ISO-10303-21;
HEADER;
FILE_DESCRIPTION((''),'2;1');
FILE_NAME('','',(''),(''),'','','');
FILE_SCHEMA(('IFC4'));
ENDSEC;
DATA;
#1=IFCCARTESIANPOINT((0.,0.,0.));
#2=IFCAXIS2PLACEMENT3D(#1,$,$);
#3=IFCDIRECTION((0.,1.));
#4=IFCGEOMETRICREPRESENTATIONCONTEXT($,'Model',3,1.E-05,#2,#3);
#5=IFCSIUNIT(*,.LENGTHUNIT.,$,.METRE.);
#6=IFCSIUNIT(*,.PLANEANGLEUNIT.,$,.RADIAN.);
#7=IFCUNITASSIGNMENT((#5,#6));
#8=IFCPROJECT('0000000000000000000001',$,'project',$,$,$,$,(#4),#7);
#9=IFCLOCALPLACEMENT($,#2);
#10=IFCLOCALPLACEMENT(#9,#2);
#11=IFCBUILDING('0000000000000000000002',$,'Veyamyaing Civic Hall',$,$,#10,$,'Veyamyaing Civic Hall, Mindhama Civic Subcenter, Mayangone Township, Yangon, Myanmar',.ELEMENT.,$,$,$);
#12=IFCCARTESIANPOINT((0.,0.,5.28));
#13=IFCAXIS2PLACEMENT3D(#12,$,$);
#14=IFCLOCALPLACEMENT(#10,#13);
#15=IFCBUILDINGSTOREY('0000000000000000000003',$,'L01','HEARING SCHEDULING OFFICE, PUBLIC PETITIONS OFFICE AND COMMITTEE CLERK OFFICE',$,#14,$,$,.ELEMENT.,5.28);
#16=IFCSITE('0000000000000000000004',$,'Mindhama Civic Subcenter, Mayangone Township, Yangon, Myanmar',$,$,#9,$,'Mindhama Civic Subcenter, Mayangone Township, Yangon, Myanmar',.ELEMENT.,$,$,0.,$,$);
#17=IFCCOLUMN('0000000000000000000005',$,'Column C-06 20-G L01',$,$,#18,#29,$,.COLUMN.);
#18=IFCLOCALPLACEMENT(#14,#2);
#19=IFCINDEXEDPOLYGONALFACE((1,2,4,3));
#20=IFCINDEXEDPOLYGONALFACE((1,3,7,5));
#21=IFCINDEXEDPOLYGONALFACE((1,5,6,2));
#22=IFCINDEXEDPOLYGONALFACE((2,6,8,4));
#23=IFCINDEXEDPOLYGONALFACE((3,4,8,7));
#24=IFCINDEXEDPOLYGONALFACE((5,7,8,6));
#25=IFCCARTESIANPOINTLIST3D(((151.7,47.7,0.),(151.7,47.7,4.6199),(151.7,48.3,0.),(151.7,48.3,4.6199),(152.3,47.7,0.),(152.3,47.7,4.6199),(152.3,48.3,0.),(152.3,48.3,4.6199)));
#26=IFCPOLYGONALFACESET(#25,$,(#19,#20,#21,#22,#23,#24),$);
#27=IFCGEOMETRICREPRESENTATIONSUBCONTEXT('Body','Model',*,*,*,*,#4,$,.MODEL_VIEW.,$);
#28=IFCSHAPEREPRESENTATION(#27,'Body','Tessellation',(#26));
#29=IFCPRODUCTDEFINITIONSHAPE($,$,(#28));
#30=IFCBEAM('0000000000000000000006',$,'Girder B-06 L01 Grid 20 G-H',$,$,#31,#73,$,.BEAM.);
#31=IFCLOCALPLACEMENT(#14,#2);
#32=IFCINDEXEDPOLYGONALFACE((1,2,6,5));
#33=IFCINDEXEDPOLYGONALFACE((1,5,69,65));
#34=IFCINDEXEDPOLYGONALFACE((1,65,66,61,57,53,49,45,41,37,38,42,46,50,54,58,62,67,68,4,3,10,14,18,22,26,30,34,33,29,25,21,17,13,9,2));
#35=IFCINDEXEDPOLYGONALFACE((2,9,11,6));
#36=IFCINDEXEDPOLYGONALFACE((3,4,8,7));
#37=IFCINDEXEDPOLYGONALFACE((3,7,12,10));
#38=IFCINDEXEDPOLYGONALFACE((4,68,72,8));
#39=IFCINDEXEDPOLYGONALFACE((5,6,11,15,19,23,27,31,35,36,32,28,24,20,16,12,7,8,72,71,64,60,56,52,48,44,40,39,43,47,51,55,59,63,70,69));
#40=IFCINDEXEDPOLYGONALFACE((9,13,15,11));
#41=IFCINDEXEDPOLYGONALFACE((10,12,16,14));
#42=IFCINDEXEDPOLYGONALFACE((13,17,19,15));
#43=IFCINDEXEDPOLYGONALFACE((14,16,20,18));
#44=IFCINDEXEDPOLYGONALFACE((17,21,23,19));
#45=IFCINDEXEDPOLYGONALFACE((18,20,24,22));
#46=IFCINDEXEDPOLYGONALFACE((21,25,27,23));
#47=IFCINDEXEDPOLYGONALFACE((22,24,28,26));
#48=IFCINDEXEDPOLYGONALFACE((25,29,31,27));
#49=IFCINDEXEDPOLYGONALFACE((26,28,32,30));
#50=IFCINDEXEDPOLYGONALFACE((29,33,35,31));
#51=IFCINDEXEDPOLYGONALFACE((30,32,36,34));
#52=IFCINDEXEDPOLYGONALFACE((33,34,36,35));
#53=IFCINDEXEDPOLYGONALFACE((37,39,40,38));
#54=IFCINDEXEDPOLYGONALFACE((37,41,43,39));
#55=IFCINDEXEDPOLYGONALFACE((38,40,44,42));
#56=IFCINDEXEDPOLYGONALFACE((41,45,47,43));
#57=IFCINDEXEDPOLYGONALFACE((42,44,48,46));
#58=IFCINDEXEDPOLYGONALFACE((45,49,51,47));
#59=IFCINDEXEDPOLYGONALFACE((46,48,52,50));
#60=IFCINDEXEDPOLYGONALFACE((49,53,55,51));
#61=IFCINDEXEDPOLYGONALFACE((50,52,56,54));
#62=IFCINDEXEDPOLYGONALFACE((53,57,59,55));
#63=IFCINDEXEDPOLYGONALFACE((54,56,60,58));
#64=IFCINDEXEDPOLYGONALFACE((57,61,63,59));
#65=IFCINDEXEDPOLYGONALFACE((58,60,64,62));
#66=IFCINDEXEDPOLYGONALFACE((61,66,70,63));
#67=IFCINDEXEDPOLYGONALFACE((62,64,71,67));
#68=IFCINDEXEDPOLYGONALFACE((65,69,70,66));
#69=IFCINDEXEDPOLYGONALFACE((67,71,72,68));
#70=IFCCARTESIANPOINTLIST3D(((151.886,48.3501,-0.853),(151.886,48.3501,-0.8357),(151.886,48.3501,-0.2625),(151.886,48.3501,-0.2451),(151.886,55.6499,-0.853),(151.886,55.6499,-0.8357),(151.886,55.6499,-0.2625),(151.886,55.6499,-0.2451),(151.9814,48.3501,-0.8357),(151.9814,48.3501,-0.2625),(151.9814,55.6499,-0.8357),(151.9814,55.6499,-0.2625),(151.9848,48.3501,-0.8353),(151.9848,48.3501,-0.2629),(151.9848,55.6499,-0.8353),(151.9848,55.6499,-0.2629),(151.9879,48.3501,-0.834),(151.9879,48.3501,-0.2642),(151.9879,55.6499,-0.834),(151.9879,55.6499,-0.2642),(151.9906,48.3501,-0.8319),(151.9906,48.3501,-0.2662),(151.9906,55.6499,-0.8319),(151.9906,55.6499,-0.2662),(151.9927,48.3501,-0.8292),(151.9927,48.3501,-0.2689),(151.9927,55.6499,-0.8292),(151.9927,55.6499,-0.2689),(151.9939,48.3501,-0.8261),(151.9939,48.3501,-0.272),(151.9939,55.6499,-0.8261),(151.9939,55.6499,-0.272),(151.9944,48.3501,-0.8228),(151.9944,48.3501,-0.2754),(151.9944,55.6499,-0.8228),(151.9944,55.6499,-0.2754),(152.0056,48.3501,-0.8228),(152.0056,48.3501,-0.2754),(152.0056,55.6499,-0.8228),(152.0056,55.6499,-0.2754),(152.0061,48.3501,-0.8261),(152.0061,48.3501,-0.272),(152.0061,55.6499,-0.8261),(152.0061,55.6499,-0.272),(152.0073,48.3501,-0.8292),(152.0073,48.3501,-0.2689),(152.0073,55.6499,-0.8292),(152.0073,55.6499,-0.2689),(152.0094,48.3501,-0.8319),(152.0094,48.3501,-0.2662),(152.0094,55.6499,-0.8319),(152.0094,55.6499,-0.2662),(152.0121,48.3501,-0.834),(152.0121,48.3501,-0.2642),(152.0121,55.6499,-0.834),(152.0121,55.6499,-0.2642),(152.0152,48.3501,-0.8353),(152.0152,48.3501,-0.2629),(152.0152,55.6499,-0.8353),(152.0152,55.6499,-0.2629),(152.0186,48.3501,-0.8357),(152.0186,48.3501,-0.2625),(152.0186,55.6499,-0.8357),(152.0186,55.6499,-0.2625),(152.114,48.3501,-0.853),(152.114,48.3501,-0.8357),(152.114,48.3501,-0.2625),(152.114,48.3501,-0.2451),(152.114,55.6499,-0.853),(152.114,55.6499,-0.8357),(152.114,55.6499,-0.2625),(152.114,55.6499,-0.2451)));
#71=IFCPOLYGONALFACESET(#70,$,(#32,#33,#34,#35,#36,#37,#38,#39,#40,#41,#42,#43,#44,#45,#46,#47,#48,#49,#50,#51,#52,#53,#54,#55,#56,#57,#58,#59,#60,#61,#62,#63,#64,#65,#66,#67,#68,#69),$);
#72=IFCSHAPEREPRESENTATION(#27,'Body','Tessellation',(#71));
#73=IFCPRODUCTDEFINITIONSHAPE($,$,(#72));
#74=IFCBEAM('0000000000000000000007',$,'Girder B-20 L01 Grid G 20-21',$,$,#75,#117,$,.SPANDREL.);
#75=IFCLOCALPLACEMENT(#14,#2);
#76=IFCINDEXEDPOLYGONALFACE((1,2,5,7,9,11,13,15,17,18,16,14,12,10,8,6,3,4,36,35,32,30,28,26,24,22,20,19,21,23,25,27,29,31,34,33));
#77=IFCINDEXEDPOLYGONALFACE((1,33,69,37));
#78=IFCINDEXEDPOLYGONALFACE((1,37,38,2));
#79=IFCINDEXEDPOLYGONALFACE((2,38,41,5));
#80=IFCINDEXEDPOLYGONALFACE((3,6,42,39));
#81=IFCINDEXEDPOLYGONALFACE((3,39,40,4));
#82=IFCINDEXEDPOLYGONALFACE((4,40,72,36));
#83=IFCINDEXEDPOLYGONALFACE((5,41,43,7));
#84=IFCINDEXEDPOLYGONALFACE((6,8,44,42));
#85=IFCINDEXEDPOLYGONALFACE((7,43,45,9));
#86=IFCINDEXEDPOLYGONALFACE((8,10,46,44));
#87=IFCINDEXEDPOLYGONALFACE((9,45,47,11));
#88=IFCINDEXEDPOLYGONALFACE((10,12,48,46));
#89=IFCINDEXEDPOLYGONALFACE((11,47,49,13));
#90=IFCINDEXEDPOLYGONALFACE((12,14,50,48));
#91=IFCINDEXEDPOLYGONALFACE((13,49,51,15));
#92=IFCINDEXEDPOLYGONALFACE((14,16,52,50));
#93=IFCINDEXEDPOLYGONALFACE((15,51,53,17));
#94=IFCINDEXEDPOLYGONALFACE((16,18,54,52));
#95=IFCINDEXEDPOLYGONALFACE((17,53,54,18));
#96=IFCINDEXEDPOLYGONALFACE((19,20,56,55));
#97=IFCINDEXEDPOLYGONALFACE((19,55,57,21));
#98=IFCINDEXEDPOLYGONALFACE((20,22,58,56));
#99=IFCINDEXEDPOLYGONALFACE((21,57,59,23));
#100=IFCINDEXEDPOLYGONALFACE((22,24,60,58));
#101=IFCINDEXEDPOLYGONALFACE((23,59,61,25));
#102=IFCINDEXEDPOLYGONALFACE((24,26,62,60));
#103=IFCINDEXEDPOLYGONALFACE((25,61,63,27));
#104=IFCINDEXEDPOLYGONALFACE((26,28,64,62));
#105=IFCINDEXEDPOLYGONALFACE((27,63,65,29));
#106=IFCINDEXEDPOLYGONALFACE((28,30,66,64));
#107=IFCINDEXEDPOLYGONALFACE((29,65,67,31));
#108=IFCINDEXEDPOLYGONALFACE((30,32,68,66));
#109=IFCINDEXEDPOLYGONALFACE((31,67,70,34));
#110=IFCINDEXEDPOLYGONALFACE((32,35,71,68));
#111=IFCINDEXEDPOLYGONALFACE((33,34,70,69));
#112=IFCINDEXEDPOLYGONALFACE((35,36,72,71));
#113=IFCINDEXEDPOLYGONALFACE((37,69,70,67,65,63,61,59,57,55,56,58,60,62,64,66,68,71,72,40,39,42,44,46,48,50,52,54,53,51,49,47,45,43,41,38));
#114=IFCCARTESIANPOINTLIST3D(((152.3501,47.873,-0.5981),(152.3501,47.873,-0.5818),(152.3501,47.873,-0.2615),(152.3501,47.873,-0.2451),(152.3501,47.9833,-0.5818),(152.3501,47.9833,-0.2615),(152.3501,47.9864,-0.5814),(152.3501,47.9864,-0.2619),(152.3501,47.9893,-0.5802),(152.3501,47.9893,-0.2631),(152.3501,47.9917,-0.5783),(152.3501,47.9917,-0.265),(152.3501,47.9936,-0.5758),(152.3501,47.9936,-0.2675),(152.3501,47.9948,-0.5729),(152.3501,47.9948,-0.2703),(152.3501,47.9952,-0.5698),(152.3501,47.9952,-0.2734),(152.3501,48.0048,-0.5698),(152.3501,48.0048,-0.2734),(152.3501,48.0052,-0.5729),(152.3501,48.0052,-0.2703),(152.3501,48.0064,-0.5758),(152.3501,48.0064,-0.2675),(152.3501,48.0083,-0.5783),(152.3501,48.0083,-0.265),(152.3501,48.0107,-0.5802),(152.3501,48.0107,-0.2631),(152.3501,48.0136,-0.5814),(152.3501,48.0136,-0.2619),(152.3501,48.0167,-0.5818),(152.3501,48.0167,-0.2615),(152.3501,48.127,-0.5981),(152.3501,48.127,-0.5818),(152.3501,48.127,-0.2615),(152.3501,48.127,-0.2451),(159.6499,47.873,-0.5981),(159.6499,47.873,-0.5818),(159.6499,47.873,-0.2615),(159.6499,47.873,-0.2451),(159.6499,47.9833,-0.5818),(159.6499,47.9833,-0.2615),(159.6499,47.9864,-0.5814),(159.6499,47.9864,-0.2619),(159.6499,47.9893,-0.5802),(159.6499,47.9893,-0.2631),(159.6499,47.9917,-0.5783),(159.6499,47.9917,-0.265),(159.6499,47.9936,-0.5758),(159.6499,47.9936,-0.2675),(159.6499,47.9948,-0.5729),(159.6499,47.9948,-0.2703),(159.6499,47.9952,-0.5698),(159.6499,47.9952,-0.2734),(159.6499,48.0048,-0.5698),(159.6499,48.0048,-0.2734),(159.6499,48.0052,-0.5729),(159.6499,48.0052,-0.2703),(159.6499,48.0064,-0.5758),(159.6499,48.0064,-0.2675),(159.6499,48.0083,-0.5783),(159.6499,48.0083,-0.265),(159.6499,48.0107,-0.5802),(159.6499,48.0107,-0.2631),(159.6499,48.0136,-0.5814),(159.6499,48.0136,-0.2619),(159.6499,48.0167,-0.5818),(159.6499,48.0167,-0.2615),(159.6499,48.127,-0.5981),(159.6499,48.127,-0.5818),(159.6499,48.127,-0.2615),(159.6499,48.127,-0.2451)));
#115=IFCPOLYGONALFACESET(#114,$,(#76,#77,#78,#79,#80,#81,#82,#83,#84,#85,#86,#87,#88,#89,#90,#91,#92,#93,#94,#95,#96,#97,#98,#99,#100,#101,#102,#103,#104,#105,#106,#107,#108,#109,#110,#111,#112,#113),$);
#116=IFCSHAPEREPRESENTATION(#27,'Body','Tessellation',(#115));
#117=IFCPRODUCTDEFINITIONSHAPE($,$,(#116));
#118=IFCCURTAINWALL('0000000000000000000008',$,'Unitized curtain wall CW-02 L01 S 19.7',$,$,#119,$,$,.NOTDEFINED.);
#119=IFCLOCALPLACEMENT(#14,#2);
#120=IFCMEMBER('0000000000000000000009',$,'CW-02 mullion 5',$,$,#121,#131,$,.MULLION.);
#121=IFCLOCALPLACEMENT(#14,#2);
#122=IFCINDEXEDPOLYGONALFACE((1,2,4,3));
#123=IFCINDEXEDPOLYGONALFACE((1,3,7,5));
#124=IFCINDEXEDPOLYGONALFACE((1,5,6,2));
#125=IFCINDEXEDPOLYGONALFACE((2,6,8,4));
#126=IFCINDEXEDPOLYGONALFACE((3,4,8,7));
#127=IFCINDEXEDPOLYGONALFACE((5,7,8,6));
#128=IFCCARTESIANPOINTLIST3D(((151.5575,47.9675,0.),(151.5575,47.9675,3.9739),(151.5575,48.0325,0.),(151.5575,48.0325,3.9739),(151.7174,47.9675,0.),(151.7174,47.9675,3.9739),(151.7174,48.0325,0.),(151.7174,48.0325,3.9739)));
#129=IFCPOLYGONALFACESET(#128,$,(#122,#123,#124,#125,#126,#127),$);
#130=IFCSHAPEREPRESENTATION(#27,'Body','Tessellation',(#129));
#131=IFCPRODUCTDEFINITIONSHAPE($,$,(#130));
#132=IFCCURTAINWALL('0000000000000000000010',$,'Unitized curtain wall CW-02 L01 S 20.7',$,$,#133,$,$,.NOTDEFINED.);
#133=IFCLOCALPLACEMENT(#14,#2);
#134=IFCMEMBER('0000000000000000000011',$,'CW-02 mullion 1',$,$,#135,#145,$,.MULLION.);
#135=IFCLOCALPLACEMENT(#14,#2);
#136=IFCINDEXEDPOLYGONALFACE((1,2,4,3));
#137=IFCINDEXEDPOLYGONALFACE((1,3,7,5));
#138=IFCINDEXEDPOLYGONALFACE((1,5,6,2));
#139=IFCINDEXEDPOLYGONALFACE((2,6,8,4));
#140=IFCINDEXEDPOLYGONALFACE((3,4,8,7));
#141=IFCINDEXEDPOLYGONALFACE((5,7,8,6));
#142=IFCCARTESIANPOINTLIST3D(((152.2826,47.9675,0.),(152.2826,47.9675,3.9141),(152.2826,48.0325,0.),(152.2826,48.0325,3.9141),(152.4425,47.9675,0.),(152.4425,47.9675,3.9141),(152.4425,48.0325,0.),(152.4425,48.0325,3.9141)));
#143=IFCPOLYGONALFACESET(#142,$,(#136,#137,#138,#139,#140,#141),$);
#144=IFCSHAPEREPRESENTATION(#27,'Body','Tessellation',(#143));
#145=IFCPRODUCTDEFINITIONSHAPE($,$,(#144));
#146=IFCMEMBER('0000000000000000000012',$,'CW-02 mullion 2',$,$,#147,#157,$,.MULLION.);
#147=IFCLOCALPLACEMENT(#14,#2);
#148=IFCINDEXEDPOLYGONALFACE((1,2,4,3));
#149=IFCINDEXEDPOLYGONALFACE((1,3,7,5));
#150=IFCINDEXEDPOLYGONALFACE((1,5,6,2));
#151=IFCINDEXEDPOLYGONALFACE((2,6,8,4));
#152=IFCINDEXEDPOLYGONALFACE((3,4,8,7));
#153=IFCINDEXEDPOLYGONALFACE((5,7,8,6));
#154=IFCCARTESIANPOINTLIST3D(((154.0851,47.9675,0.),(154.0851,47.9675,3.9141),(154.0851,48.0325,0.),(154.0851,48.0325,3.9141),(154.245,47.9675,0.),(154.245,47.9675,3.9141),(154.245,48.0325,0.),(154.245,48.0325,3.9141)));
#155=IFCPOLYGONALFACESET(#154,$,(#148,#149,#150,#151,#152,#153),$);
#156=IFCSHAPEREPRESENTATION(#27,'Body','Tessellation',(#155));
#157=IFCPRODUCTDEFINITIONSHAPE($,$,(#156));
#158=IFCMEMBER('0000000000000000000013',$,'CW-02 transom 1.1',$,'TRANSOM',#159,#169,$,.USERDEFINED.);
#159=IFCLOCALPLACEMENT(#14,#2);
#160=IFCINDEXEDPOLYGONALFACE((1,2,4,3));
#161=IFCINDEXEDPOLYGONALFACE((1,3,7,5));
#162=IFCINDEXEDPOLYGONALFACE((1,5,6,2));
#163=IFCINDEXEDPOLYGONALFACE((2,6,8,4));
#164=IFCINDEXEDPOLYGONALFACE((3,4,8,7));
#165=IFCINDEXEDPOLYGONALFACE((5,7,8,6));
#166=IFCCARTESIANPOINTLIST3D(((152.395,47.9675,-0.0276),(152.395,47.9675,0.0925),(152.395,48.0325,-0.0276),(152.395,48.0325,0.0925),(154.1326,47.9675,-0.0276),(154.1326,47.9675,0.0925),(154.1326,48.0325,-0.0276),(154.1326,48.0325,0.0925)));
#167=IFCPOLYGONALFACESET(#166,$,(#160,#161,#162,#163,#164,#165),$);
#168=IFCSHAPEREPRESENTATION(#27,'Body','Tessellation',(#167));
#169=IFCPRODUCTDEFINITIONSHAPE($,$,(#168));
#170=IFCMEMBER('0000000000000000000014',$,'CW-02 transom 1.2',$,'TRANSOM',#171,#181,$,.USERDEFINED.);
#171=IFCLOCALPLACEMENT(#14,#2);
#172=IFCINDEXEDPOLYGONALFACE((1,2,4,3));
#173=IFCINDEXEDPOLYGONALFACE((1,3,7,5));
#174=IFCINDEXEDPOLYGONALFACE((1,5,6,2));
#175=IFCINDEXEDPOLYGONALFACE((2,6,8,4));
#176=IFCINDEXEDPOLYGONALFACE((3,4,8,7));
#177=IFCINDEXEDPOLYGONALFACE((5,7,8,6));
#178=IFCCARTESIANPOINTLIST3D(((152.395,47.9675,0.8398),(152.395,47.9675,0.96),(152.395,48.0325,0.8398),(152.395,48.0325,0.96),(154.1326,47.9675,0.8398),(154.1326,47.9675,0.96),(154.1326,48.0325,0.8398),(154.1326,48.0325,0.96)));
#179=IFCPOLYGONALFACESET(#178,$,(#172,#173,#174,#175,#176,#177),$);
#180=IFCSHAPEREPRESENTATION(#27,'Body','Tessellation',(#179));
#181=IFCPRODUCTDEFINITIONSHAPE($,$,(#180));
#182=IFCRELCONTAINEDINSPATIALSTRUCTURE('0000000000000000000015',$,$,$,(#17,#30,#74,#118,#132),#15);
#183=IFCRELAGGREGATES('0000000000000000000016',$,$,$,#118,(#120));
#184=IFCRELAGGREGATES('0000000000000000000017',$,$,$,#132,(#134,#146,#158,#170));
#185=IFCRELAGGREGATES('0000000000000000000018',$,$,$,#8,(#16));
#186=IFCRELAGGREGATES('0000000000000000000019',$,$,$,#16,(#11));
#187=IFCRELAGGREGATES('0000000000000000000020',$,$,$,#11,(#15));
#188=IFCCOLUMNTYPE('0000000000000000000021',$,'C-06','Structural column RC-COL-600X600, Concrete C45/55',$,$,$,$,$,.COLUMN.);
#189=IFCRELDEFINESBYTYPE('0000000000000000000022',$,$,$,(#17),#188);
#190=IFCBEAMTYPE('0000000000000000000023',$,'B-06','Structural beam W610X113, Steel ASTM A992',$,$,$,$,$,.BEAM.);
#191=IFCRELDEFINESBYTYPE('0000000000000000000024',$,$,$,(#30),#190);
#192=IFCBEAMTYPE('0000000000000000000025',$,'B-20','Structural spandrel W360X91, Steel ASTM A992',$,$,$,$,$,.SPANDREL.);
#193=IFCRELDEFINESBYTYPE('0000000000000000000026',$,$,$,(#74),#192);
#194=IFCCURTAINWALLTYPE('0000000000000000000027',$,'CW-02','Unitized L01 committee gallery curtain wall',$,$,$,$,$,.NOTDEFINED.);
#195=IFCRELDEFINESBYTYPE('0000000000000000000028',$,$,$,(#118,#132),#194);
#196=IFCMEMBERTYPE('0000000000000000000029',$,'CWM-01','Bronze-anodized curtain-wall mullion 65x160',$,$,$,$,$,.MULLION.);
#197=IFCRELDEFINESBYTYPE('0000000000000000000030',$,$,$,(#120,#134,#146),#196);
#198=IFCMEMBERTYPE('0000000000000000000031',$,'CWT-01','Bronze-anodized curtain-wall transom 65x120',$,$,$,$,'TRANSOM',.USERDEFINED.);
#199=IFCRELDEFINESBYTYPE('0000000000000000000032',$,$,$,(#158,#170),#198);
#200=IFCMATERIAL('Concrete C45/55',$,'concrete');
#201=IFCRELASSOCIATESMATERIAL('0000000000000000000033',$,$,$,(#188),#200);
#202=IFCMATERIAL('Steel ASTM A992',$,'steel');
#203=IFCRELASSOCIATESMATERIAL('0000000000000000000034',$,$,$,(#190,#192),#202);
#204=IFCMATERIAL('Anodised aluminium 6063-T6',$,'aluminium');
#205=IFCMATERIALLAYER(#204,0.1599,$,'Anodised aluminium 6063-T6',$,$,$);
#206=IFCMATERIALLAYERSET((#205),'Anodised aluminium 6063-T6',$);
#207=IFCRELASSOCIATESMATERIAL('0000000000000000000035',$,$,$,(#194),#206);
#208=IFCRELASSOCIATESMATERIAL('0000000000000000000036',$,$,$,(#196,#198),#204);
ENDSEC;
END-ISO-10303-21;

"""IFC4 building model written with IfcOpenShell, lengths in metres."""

from ifc_helpers import new_model, si_unit, direction, frame, origin, origin_2d, place, context, subcontext, project, spatial, rectangle, i_section, extrude, material, layer, layer_set, material_profile, profile_set, type_object, element, aggregate, save


model = new_model("IFC4")

# Units and contexts
model_context = context("Model", 3, precision=1e-05, world=origin(), true_north=direction((0.0, 1.0)))
body_context = subcontext(model_context, "Body", "Model", "MODEL_VIEW")
ifc_project = project(units=[si_unit("LENGTHUNIT", "METRE"), si_unit("PLANEANGLEUNIT", "RADIAN")], contexts=[model_context])

# Site, building, storey
site_placement = place(None, origin())
site = spatial("IfcSite", under=ifc_project, at=site_placement, Name="Mindhama Civic Subcenter, Mayangone Township, Yangon, Myanmar", LongName="Mindhama Civic Subcenter, Mayangone Township, Yangon, Myanmar", CompositionType="ELEMENT", RefElevation=0.0)
building_placement = place(site_placement, origin())
building = spatial("IfcBuilding", under=site, at=building_placement, Name="Veyamyaing Civic Hall", LongName="Veyamyaing Civic Hall, Mindhama Civic Subcenter, Mayangone Township, Yangon, Myanmar", CompositionType="ELEMENT")
storey_placement = place(building_placement, frame((0.0, 0.0, 5.28)))
storey = spatial("IfcBuildingStorey", under=building, at=storey_placement, Name="L01", Description="HEARING SCHEDULING OFFICE, PUBLIC PETITIONS OFFICE AND COMMITTEE CLERK OFFICE", CompositionType="ELEMENT", Elevation=5.28)

# Column
ifc_material_1 = material(Name="Concrete C45/55", Category="concrete")
ifc_material_profile_1 = material_profile(ifc_material_1, rectangle(XDim=0.6001, YDim=0.6001, at=origin_2d()), Name="RC-COL-600X600")
ifc_profile_set_1 = profile_set([ifc_material_profile_1], Name="Concrete C45/55")
column_type = type_object("IfcColumnType", Name="C-06", Description="Structural column RC-COL-600X600, Concrete C45/55", PredefinedType="COLUMN", material=ifc_profile_set_1)
column_placement = place(storey_placement, frame((152.0, 48.0, 0.0), z_axis=(0.0, 0.0, 1.0), x_axis=(1.0, 0.0, 0.0)))
element("IfcColumn", 1, at=column_placement, inside=storey, type_object=column_type, Name="Column C-06 20-G L01", PredefinedType="COLUMN", context=body_context, shape_type="SweptSolid", body=[
    extrude(rectangle(XDim=0.6001, YDim=0.6001, at=origin_2d()), origin(), (0.0, 0.0, 1.0), 4.6199),
])

# Beams
ifc_material_2 = material(Name="Steel ASTM A992", Category="steel")
ifc_material_profile_2 = material_profile(ifc_material_2, i_section(OverallWidth=0.228, OverallDepth=0.6079, WebThickness=0.0112, FlangeThickness=0.0173, FilletRadius=0.0129, at=origin_2d()), Name="W610X113")
ifc_profile_set_2 = profile_set([ifc_material_profile_2], Name="Steel ASTM A992")
beam_type_1 = type_object("IfcBeamType", Name="B-06", Description="Structural beam W610X113, Steel ASTM A992", PredefinedType="BEAM", material=ifc_profile_set_2)
beam_1_placement = place(storey_placement, frame((152.0, 48.3501, -0.5491), z_axis=(0.0, 1.0, 0.0), x_axis=(-1.0, 0.0, 0.0)))
element("IfcBeam", 2, at=beam_1_placement, inside=storey, type_object=beam_type_1, Name="Girder B-06 L01 Grid 20 G-H", PredefinedType="BEAM", context=body_context, shape_type="SweptSolid", body=[
    extrude(i_section(OverallWidth=0.228, OverallDepth=0.6079, WebThickness=0.0112, FlangeThickness=0.0173, FilletRadius=0.0129, at=origin_2d()), origin(), (0.0, 0.0, 1.0), 7.2998),
])
ifc_material_profile_3 = material_profile(ifc_material_2, i_section(OverallWidth=0.2539, OverallDepth=0.353, WebThickness=0.0095, FlangeThickness=0.0164, FilletRadius=0.012, at=origin_2d()), Name="W360X91")
ifc_profile_set_3 = profile_set([ifc_material_profile_3], Name="Steel ASTM A992")
beam_type_2 = type_object("IfcBeamType", Name="B-20", Description="Structural spandrel W360X91, Steel ASTM A992", PredefinedType="SPANDREL", material=ifc_profile_set_3)
beam_2_placement = place(storey_placement, frame((152.3501, 48.0, -0.4216), z_axis=(1.0, 0.0, 0.0), x_axis=(0.0, 1.0, 0.0)))
element("IfcBeam", 3, at=beam_2_placement, inside=storey, type_object=beam_type_2, Name="Girder B-20 L01 Grid G 20-21", PredefinedType="SPANDREL", context=body_context, shape_type="SweptSolid", body=[
    extrude(i_section(OverallWidth=0.2539, OverallDepth=0.353, WebThickness=0.0095, FlangeThickness=0.0164, FilletRadius=0.012, at=origin_2d()), origin(), (0.0, 0.0, 1.0), 7.2998),
])

# Curtain wall, member
ifc_material_3 = material(Name="Anodised aluminium 6063-T6", Category="aluminium")
ifc_layer_1 = layer(ifc_material_3, 0.1599, Name="Anodised aluminium 6063-T6")
ifc_layer_set_1 = layer_set([ifc_layer_1], Name="Anodised aluminium 6063-T6")
curtain_wall_type = type_object("IfcCurtainWallType", Name="CW-02", Description="Unitized L01 committee gallery curtain wall", PredefinedType="NOTDEFINED", material=ifc_layer_set_1)
curtain_wall_1_placement = place(storey_placement, origin())
curtain_wall_1 = element("IfcCurtainWall", 4, at=curtain_wall_1_placement, inside=storey, type_object=curtain_wall_type, Name="Unitized curtain wall CW-02 L01 S 19.7", PredefinedType="NOTDEFINED")
ifc_material_profile_4 = material_profile(ifc_material_3, rectangle(XDim=0.0649, YDim=0.1599, at=origin_2d()), Name="ALU-MUL-65X160")
ifc_profile_set_4 = profile_set([ifc_material_profile_4], Name="Anodised aluminium 6063-T6")
member_type_1 = type_object("IfcMemberType", Name="CWM-01", Description="Bronze-anodized curtain-wall mullion 65x160", PredefinedType="MULLION", material=ifc_profile_set_4)
member_1_placement = place(storey_placement, frame((151.6375, 48.0, 0.0), z_axis=(0.0, 0.0, 1.0), x_axis=(0.0, 1.0, 0.0)))
member_1 = element("IfcMember", 5, at=member_1_placement, type_object=member_type_1, Name="CW-02 mullion 5", PredefinedType="MULLION", context=body_context, shape_type="SweptSolid", body=[
    extrude(rectangle(XDim=0.0649, YDim=0.1599, at=origin_2d()), origin(), (0.0, 0.0, 1.0), 3.9739),
])
aggregate(curtain_wall_1, [member_1])

# Curtain wall, members
curtain_wall_2_placement = place(storey_placement, origin())
curtain_wall_2 = element("IfcCurtainWall", 6, at=curtain_wall_2_placement, inside=storey, type_object=curtain_wall_type, Name="Unitized curtain wall CW-02 L01 S 20.7", PredefinedType="NOTDEFINED")
member_2_placement = place(storey_placement, frame((152.3625, 48.0, 0.0), z_axis=(0.0, 0.0, 1.0), x_axis=(0.0, 1.0, 0.0)))
member_2 = element("IfcMember", 7, at=member_2_placement, type_object=member_type_1, Name="CW-02 mullion 1", PredefinedType="MULLION", context=body_context, shape_type="SweptSolid", body=[
    extrude(rectangle(XDim=0.0649, YDim=0.1599, at=origin_2d()), origin(), (0.0, 0.0, 1.0), 3.9141),
])
member_3_placement = place(storey_placement, frame((154.165, 48.0, 0.0), z_axis=(0.0, 0.0, 1.0), x_axis=(0.0, 1.0, 0.0)))
member_3 = element("IfcMember", 8, at=member_3_placement, type_object=member_type_1, Name="CW-02 mullion 2", PredefinedType="MULLION", context=body_context, shape_type="SweptSolid", body=[
    extrude(rectangle(XDim=0.0649, YDim=0.1599, at=origin_2d()), origin(), (0.0, 0.0, 1.0), 3.9141),
])
ifc_material_profile_5 = material_profile(ifc_material_3, rectangle(XDim=0.0649, YDim=0.1201, at=origin_2d()), Name="ALU-TRN-65X120")
ifc_profile_set_5 = profile_set([ifc_material_profile_5], Name="Anodised aluminium 6063-T6")
member_type_2 = type_object("IfcMemberType", Name="CWT-01", Description="Bronze-anodized curtain-wall transom 65x120", ElementType="TRANSOM", PredefinedType="USERDEFINED", material=ifc_profile_set_5)
member_4_placement = place(storey_placement, frame((152.395, 48.0, 0.0325), z_axis=(1.0, 0.0, 0.0), x_axis=(0.0, 1.0, 0.0)))
member_4 = element("IfcMember", 9, at=member_4_placement, type_object=member_type_2, Name="CW-02 transom 1.1", ObjectType="TRANSOM", PredefinedType="USERDEFINED", context=body_context, shape_type="SweptSolid", body=[
    extrude(rectangle(XDim=0.0649, YDim=0.1201, at=origin_2d()), origin(), (0.0, 0.0, 1.0), 1.7375),
])
member_5_placement = place(storey_placement, frame((152.395, 48.0, 0.8999), z_axis=(1.0, 0.0, 0.0), x_axis=(0.0, 1.0, 0.0)))
member_5 = element("IfcMember", 10, at=member_5_placement, type_object=member_type_2, Name="CW-02 transom 1.2", ObjectType="TRANSOM", PredefinedType="USERDEFINED", context=body_context, shape_type="SweptSolid", body=[
    extrude(rectangle(XDim=0.0649, YDim=0.1201, at=origin_2d()), origin(), (0.0, 0.0, 1.0), 1.7375),
])
aggregate(curtain_wall_2, [member_2, member_3, member_4, member_5])

save(model, "model.ifc")
